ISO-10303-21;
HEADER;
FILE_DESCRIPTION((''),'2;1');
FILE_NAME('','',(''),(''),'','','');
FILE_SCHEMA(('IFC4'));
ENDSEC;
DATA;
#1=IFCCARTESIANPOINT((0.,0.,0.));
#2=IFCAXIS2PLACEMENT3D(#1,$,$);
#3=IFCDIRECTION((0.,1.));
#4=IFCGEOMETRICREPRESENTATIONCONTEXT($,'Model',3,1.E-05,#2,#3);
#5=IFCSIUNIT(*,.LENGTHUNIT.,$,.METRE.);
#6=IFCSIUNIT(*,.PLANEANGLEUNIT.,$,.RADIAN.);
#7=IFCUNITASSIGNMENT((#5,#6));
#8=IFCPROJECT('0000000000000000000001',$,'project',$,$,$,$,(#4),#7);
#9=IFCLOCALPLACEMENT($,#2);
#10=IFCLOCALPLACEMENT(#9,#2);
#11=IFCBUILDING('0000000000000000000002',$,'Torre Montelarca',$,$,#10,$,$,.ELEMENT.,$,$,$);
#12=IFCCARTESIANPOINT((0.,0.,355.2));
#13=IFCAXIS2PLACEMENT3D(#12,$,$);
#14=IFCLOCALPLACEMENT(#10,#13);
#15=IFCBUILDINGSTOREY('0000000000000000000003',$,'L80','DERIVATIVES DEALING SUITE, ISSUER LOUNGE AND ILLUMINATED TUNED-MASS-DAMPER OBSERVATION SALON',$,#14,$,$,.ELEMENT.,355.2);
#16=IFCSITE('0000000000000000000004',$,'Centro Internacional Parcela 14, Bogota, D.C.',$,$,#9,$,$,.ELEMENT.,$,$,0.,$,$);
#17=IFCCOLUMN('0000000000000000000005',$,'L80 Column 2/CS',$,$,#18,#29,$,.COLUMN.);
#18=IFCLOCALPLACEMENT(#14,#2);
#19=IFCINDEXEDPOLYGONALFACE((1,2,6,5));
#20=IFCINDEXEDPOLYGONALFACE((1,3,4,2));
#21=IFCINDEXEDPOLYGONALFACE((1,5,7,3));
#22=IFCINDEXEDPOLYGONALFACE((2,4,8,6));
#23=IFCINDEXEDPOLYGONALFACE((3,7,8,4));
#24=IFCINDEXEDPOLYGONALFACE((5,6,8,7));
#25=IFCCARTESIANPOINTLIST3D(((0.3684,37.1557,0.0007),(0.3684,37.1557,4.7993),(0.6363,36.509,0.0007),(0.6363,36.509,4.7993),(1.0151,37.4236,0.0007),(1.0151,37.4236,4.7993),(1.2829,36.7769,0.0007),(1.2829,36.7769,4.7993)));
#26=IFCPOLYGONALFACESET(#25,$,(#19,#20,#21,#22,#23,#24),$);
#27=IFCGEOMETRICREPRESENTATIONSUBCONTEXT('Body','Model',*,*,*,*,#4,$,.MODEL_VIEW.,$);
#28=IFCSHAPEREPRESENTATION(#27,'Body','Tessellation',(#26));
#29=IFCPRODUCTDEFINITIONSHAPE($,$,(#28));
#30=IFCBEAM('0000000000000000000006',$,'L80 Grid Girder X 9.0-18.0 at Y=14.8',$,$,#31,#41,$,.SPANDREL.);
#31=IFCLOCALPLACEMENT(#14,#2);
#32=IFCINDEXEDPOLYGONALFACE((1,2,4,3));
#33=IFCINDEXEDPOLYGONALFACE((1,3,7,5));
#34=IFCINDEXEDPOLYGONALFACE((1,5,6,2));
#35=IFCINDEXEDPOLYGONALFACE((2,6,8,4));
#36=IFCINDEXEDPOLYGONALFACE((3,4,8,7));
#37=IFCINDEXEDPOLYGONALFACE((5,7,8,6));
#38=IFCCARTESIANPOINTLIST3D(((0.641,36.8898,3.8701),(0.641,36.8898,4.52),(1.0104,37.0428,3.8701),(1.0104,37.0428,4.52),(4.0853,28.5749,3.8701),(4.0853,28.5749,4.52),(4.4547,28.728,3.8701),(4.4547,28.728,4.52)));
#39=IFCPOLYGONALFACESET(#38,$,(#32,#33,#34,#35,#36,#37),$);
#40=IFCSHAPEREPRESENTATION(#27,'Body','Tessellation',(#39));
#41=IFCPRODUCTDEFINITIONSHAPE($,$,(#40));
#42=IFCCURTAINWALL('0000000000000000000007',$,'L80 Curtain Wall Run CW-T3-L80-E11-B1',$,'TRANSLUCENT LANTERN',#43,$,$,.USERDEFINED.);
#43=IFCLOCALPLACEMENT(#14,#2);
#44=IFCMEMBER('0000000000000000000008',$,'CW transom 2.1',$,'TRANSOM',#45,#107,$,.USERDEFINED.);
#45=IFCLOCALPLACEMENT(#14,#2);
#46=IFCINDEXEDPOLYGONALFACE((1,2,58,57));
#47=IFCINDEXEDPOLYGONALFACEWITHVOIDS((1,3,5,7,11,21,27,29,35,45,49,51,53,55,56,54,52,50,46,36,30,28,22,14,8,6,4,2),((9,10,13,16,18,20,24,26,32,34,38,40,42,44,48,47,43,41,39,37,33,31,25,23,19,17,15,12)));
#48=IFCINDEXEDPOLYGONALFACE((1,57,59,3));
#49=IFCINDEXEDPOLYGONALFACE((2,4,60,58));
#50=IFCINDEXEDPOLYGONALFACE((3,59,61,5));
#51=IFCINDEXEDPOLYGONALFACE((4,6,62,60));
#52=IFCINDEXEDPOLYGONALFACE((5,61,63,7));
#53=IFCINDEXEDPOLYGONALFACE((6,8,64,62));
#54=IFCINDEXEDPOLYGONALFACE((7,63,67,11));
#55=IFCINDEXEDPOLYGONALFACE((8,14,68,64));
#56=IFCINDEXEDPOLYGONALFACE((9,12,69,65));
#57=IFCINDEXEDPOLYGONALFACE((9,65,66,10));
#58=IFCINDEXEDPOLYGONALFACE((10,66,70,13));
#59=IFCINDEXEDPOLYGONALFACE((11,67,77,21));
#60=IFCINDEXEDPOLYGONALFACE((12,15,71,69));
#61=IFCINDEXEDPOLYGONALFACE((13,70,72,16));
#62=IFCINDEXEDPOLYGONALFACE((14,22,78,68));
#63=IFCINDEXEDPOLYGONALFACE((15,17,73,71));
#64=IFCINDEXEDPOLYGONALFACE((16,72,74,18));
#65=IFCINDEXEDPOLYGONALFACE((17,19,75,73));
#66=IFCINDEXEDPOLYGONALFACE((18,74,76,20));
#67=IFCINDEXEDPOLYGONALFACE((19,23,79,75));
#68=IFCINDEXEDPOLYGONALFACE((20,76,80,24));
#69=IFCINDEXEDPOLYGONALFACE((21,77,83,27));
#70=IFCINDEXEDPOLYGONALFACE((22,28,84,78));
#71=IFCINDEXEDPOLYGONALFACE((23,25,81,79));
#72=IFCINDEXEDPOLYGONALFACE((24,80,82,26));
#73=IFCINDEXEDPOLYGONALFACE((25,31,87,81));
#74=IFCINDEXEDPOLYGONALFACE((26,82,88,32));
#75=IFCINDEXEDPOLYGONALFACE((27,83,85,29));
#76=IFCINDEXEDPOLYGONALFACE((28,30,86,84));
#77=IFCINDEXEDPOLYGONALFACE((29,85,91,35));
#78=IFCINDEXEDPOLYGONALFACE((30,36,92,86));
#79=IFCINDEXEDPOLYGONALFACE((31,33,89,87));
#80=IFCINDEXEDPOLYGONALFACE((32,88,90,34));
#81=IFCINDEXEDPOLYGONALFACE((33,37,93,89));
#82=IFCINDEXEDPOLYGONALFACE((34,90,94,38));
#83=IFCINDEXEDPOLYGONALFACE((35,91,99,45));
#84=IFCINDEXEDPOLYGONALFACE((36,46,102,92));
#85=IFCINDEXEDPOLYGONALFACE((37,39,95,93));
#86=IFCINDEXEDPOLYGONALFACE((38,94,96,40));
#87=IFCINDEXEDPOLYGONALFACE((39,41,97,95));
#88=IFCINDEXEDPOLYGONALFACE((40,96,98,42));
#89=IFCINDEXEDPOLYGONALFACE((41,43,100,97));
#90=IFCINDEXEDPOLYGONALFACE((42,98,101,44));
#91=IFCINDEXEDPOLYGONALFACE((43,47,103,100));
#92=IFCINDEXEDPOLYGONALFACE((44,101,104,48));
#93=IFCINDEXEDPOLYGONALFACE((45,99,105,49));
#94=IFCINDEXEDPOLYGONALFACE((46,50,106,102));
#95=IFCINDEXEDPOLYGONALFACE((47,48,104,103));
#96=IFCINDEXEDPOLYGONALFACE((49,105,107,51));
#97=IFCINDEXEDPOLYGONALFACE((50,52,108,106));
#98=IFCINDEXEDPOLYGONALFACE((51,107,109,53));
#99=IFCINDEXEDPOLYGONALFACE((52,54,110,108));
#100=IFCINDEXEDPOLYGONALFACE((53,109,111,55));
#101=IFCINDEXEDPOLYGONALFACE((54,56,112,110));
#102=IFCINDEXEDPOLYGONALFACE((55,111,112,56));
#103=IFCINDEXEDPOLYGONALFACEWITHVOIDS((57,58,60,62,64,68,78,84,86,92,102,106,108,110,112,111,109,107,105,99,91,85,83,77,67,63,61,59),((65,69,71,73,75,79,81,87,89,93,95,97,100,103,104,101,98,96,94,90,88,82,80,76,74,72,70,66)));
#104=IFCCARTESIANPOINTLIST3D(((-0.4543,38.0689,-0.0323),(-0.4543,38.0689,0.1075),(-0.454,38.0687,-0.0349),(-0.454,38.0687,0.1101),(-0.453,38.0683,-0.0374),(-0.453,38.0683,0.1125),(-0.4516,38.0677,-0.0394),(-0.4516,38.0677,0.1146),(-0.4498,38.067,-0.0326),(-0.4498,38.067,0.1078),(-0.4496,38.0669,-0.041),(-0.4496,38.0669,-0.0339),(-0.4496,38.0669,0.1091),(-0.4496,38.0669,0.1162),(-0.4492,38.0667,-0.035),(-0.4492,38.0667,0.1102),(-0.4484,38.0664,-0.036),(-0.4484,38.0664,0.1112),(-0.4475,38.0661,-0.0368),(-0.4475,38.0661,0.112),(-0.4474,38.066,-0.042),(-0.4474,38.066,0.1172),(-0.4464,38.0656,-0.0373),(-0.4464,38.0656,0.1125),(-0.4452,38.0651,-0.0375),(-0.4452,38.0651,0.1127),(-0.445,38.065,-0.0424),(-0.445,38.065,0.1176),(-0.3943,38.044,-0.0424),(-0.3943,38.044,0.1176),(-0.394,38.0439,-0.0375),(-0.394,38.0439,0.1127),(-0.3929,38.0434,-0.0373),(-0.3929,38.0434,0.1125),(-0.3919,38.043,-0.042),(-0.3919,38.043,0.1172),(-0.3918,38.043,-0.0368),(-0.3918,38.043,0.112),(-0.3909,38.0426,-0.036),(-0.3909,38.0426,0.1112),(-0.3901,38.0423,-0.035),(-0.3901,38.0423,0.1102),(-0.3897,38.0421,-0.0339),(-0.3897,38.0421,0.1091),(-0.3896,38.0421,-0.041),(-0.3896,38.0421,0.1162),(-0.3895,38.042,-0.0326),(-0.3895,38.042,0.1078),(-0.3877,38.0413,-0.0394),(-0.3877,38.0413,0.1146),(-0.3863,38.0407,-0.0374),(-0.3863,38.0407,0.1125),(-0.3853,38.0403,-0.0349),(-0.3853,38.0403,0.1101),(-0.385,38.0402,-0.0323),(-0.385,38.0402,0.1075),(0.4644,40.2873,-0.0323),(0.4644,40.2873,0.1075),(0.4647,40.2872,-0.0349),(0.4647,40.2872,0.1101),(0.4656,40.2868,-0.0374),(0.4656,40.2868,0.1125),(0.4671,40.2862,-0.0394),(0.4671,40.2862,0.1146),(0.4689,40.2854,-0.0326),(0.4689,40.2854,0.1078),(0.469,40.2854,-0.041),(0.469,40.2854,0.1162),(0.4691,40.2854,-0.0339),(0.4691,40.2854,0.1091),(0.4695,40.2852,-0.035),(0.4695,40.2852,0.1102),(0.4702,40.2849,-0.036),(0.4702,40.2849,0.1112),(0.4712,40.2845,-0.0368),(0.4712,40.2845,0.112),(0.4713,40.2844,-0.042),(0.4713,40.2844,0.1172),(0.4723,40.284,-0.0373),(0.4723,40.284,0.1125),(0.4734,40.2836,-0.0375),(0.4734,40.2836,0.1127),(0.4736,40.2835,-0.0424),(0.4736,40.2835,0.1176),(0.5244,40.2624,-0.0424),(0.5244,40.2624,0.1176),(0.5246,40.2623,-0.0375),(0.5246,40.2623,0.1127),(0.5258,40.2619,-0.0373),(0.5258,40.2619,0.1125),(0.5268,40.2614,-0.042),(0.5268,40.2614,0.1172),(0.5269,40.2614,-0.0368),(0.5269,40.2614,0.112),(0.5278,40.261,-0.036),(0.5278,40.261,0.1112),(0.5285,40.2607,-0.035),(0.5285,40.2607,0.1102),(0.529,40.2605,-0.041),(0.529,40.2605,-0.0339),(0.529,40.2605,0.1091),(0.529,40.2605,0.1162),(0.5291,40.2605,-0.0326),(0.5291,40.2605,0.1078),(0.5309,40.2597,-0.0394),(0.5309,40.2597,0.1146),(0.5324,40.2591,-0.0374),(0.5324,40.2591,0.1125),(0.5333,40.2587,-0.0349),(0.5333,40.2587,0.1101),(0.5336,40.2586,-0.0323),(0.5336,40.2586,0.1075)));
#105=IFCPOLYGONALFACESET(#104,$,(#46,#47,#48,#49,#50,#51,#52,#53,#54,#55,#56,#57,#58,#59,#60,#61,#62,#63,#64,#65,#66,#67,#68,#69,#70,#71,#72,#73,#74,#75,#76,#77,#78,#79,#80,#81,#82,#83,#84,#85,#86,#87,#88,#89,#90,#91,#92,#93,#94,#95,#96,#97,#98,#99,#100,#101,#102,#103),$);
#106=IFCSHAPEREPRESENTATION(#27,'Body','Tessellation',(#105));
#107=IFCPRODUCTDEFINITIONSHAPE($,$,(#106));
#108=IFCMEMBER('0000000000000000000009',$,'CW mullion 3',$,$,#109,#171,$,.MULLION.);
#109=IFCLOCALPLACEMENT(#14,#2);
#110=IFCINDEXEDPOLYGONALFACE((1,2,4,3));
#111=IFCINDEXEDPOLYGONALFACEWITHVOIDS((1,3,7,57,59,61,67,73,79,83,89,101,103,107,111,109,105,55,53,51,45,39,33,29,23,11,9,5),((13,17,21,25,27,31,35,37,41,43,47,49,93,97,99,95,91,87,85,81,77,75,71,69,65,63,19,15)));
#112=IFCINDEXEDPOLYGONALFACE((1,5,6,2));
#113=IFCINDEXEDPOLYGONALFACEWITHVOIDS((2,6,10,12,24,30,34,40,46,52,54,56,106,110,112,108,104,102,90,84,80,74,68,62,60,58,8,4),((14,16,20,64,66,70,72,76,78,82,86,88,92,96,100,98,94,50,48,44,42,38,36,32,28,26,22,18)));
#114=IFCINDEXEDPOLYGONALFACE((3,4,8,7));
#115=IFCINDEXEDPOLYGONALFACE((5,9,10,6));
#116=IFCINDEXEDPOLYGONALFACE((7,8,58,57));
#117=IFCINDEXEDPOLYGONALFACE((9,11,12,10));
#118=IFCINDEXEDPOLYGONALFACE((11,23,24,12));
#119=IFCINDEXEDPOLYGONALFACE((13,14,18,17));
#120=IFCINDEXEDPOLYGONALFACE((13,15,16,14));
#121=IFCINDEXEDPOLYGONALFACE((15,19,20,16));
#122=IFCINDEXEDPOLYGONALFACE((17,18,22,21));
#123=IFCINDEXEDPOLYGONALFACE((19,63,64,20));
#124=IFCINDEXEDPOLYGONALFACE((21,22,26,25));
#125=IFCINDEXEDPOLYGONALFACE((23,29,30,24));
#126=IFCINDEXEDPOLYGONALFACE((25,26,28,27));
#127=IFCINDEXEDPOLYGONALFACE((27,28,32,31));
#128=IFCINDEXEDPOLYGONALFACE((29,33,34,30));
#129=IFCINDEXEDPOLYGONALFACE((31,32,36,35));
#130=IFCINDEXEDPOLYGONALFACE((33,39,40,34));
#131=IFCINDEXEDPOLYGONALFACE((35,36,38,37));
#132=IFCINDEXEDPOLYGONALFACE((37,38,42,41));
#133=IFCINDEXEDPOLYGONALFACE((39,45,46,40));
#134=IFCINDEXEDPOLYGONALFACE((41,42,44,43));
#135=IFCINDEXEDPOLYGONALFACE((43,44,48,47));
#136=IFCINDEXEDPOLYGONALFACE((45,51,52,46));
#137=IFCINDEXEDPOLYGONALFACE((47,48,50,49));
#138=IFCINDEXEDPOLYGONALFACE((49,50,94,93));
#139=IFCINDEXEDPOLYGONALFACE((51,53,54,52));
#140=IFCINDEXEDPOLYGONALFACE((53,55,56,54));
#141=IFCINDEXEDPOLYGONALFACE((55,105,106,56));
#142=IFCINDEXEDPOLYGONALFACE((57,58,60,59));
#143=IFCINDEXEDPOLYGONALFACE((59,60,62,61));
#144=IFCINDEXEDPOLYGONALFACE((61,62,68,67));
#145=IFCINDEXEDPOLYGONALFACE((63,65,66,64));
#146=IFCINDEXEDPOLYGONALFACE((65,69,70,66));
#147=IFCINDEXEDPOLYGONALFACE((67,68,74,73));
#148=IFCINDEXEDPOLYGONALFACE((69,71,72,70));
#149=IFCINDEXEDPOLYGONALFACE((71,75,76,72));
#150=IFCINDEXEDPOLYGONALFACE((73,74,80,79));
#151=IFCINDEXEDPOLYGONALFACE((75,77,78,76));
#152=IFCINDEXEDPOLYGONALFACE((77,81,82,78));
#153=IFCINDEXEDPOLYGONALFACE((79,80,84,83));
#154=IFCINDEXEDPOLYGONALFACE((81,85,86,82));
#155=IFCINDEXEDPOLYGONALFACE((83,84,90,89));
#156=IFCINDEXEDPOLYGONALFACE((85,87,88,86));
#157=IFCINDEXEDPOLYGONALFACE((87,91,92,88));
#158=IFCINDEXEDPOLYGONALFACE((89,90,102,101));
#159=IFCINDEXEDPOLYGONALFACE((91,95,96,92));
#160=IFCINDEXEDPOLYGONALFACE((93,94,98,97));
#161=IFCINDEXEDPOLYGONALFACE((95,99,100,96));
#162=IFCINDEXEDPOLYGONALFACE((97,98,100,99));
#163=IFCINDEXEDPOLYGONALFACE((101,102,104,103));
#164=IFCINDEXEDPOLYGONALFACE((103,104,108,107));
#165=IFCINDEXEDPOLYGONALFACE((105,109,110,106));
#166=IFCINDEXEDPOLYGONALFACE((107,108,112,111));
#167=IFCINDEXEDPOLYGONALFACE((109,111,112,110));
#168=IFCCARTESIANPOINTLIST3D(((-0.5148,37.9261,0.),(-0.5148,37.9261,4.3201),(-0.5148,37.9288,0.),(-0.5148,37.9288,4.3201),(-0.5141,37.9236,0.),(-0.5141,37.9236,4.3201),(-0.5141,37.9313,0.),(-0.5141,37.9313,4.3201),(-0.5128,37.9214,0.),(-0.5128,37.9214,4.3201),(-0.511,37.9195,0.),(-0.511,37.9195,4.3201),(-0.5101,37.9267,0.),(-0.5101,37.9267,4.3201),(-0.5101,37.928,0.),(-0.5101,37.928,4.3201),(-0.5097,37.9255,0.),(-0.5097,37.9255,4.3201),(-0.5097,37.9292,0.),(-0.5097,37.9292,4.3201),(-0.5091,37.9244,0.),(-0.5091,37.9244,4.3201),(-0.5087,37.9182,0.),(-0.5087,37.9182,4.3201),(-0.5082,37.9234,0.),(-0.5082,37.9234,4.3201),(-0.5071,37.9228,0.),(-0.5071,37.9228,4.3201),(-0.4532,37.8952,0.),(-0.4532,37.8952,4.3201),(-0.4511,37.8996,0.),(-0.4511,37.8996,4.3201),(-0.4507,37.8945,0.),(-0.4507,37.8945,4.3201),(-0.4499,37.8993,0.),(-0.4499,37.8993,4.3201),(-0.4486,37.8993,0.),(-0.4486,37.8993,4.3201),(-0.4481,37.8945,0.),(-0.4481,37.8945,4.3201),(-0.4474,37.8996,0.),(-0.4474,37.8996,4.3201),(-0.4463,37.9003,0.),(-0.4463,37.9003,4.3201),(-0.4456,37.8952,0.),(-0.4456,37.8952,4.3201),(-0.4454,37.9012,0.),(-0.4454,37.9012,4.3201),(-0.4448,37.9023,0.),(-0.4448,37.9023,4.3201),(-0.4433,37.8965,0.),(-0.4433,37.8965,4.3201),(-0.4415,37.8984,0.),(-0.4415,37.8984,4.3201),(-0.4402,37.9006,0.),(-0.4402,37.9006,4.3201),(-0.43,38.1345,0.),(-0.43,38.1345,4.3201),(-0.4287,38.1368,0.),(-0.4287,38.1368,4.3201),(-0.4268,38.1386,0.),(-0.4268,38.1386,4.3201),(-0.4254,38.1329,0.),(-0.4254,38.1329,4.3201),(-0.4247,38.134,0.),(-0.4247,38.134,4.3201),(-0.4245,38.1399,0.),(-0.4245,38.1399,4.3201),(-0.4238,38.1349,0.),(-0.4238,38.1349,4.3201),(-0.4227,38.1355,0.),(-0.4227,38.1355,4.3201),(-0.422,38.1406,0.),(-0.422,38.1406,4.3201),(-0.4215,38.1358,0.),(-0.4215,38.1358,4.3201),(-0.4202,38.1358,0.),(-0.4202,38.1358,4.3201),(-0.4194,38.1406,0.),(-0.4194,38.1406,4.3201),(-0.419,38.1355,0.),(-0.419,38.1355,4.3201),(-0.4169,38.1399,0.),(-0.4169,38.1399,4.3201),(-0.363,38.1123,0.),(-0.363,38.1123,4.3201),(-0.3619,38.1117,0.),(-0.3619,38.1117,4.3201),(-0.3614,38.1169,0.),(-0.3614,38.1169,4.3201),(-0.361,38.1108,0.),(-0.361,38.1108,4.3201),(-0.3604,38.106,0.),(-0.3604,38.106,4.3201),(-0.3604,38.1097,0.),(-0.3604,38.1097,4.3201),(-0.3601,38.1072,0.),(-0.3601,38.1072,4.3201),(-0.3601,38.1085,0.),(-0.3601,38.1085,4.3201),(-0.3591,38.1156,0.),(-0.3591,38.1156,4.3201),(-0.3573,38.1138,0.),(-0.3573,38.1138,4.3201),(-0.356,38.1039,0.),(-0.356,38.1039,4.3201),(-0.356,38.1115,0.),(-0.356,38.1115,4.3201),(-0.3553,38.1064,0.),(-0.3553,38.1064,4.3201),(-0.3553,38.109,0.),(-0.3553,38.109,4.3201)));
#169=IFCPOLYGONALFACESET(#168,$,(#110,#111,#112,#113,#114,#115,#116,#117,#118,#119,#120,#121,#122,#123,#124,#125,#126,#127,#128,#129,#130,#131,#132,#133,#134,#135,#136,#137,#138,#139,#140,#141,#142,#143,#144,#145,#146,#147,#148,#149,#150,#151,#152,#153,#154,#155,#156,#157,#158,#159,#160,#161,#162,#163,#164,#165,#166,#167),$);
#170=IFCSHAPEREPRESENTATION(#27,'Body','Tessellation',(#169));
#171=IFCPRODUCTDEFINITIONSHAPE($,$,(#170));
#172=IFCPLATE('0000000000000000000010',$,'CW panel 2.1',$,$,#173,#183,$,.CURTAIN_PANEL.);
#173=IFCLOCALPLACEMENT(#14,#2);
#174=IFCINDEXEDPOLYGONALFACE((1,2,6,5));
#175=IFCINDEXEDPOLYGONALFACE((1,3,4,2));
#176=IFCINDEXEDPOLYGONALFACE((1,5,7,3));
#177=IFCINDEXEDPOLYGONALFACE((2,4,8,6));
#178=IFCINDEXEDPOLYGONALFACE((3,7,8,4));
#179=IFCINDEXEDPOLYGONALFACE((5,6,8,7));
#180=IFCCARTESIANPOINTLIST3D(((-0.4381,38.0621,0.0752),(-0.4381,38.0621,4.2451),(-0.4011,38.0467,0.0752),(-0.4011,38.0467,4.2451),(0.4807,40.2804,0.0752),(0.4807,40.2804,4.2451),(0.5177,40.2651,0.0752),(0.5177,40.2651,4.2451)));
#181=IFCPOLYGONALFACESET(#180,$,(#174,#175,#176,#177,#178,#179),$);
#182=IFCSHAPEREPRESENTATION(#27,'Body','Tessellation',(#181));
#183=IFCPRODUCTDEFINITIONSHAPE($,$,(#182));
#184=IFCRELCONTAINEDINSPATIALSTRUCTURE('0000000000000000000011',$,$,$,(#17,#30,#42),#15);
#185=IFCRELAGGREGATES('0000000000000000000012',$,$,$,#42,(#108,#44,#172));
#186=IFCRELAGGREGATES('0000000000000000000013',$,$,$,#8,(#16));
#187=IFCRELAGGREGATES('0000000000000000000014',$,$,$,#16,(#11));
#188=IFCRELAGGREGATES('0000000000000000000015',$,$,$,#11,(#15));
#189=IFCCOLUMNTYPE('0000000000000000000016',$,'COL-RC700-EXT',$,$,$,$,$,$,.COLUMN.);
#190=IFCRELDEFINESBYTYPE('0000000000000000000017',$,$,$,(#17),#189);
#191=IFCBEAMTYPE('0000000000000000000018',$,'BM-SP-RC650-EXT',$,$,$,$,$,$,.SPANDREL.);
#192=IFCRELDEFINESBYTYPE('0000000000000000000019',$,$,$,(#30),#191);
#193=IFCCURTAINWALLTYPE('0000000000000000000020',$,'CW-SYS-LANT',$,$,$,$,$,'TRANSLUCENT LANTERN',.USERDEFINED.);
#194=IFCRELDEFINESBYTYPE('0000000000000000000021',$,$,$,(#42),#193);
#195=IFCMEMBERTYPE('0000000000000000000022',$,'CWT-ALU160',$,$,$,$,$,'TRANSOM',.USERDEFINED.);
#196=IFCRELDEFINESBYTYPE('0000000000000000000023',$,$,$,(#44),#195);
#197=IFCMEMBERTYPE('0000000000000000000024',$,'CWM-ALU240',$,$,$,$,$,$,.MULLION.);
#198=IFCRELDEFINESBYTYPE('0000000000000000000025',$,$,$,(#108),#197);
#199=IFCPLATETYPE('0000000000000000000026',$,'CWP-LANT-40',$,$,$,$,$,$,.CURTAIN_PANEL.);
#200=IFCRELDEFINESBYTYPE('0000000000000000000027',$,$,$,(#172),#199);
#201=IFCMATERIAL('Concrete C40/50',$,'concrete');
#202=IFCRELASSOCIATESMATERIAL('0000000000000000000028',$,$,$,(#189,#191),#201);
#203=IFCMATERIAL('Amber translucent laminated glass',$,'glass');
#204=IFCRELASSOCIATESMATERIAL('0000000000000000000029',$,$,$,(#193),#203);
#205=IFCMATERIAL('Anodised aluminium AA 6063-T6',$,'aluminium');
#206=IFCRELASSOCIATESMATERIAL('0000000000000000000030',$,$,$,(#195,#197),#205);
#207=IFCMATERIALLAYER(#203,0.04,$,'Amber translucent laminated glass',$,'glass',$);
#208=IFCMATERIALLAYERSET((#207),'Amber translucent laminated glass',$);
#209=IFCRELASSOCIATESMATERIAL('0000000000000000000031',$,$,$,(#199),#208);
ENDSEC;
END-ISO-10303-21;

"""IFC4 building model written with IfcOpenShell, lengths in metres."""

from ifc_helpers import new_model, si_unit, direction, frame, origin, origin_2d, place, context, subcontext, project, spatial, rectangle, hollow_rectangle, extrude, source, transform, mapped, material, layer, layer_set, material_profile, profile_set, type_object, element, aggregate, save


model = new_model("IFC4")

# Units and contexts
model_context = context("Model", 3, precision=1e-05, world=origin(), true_north=direction((0.0, 1.0)))
body_context = subcontext(model_context, "Body", "Model", "MODEL_VIEW")
ifc_project = project(units=[si_unit("LENGTHUNIT", "METRE"), si_unit("PLANEANGLEUNIT", "RADIAN")], contexts=[model_context])

# Site, building, storey
site_placement = place(None, origin())
site = spatial("IfcSite", under=ifc_project, at=site_placement, Name="Centro Internacional Parcela 14, Bogota, D.C.", CompositionType="ELEMENT", RefElevation=0.0)
building_placement = place(site_placement, origin())
building = spatial("IfcBuilding", under=site, at=building_placement, Name="Torre Montelarca", CompositionType="ELEMENT")
storey_placement = place(building_placement, frame((0.0, 0.0, 355.2)))
storey = spatial("IfcBuildingStorey", under=building, at=storey_placement, Name="L80", Description="DERIVATIVES DEALING SUITE, ISSUER LOUNGE AND ILLUMINATED TUNED-MASS-DAMPER OBSERVATION SALON", CompositionType="ELEMENT", Elevation=355.2)

# Column
ifc_material_1 = material(Name="Concrete C40/50", Category="concrete")
ifc_material_profile_1 = material_profile(ifc_material_1, rectangle(XDim=0.7, YDim=0.7, at=origin_2d()), Name="RC700X700", Category="concrete")
ifc_profile_set_1 = profile_set([ifc_material_profile_1], Name="Concrete C40/50")
column_type = type_object("IfcColumnType", Name="COL-RC700-EXT", PredefinedType="COLUMN", material=ifc_profile_set_1)
shared_shape_1 = source(origin(), body_context, "Body", "SweptSolid", [
    extrude(rectangle(XDim=0.7, YDim=0.7, at=origin_2d()), origin(), (0.0, 0.0, 1.0), 4.7986),
])
column_placement = place(storey_placement, frame((0.8257, 36.9663, 0.0007), z_axis=(0.0, 0.0, 1.0), x_axis=(-0.382683, 0.92388, 0.0)))
element("IfcColumn", 1, at=column_placement, inside=storey, type_object=column_type, Name="L80 Column 2/CS", PredefinedType="COLUMN", context=body_context, shape_type="MappedRepresentation", body=[
    mapped(shared_shape_1, transform((0.0, 0.0, 0.0), scale=1.0)),
])

# Beam
ifc_material_profile_2 = material_profile(ifc_material_1, rectangle(XDim=0.3999, YDim=0.6499, at=origin_2d()), Name="RCB400X650", Category="concrete")
ifc_profile_set_2 = profile_set([ifc_material_profile_2], Name="Concrete C40/50")
beam_type = type_object("IfcBeamType", Name="BM-SP-RC650-EXT", PredefinedType="SPANDREL", material=ifc_profile_set_2)
shared_shape_2 = source(origin(), body_context, "Body", "SweptSolid", [
    extrude(rectangle(XDim=0.3999, YDim=0.6499, at=origin_2d()), origin(), (0.0, 0.0, 1.0), 9.0),
])
beam_placement = place(storey_placement, frame((0.8257, 36.9663, 4.1951), z_axis=(0.3827, -0.923873, 0.0), x_axis=(0.923873, 0.3827, 0.0)))
element("IfcBeam", 2, at=beam_placement, inside=storey, type_object=beam_type, Name="L80 Grid Girder X 9.0-18.0 at Y=14.8", PredefinedType="SPANDREL", context=body_context, shape_type="MappedRepresentation", body=[
    mapped(shared_shape_2, transform((0.0, 0.0, 0.0), scale=1.0)),
])

# Curtain wall, members, plate
ifc_material_2 = material(Name="Amber translucent laminated glass", Category="glass")
curtain_wall_type = type_object("IfcCurtainWallType", Name="CW-SYS-LANT", ElementType="TRANSLUCENT LANTERN", PredefinedType="USERDEFINED", material=ifc_material_2)
curtain_wall_placement = place(storey_placement, origin())
curtain_wall = element("IfcCurtainWall", 3, at=curtain_wall_placement, inside=storey, type_object=curtain_wall_type, Name="L80 Curtain Wall Run CW-T3-L80-E11-B1", ObjectType="TRANSLUCENT LANTERN", PredefinedType="USERDEFINED")
ifc_material_3 = material(Name="Anodised aluminium AA 6063-T6", Category="aluminium")
ifc_material_profile_3 = material_profile(ifc_material_3, hollow_rectangle(XDim=0.075, YDim=0.1599, WallThickness=0.0049, InnerFilletRadius=0.0049, OuterFilletRadius=0.01, at=origin_2d()), Name="ALU75X160X5", Category="aluminium")
ifc_profile_set_3 = profile_set([ifc_material_profile_3], Name="Anodised aluminium AA 6063-T6")
member_type_1 = type_object("IfcMemberType", Name="CWT-ALU160", ElementType="TRANSOM", PredefinedType="USERDEFINED", material=ifc_profile_set_3)
shared_shape_3 = source(origin(), body_context, "Body", "SweptSolid", [
    extrude(hollow_rectangle(XDim=0.075, YDim=0.1599, WallThickness=0.0049, InnerFilletRadius=0.0049, OuterFilletRadius=0.01, at=origin_2d()), origin(), (0.0, 0.0, 1.0), 2.4011),
])
member_1_placement = place(storey_placement, frame((0.499, 40.2729, 0.0376), z_axis=(-0.3826, -0.923914, 0.0), x_axis=(0.923914, -0.3826, 0.0)))
member_1 = element("IfcMember", 4, at=member_1_placement, type_object=member_type_1, Name="CW transom 2.1", ObjectType="TRANSOM", PredefinedType="USERDEFINED", context=body_context, shape_type="MappedRepresentation", body=[
    mapped(shared_shape_3, transform((0.0, 0.0, 0.0), scale=1.0)),
])
ifc_material_profile_4 = material_profile(ifc_material_3, hollow_rectangle(XDim=0.0801, YDim=0.24, WallThickness=0.0049, InnerFilletRadius=0.0049, OuterFilletRadius=0.01, at=origin_2d()), Name="ALU80X240X5", Category="aluminium")
ifc_profile_set_4 = profile_set([ifc_material_profile_4], Name="Anodised aluminium AA 6063-T6")
member_type_2 = type_object("IfcMemberType", Name="CWM-ALU240", PredefinedType="MULLION", material=ifc_profile_set_4)
shared_shape_4 = source(origin(), body_context, "Body", "SweptSolid", [
    extrude(hollow_rectangle(XDim=0.0801, YDim=0.24, WallThickness=0.0049, InnerFilletRadius=0.0049, OuterFilletRadius=0.01, at=origin_2d()), origin(), (0.0, 0.0, 1.0), 4.3201),
])
member_2_placement = place(storey_placement, frame((-0.4351, 38.0176, 0.0), z_axis=(0.0, 0.0, 1.0), x_axis=(0.923885, -0.382671, 0.0)))
member_2 = element("IfcMember", 5, at=member_2_placement, type_object=member_type_2, Name="CW mullion 3", PredefinedType="MULLION", context=body_context, shape_type="MappedRepresentation", body=[
    mapped(shared_shape_4, transform((0.0, 0.0, 0.0), scale=1.0)),
])
ifc_layer_1 = layer(ifc_material_2, 0.04, Name="Amber translucent laminated glass", Category="glass")
ifc_layer_set_1 = layer_set([ifc_layer_1], Name="Amber translucent laminated glass")
plate_type = type_object("IfcPlateType", Name="CWP-LANT-40", PredefinedType="CURTAIN_PANEL", material=ifc_layer_set_1)
shared_shape_5 = source(origin(), body_context, "Body", "SweptSolid", [
    extrude(rectangle(XDim=2.4011, YDim=0.04, at=origin_2d()), origin(), (0.0, 0.0, 1.0), 4.1699),
])
plate_placement = place(storey_placement, frame((0.0398, 39.1636, 0.0752), z_axis=(0.0, 0.0, 1.0), x_axis=(-0.382671, -0.923885, 0.0)))
plate = element("IfcPlate", 6, at=plate_placement, type_object=plate_type, Name="CW panel 2.1", PredefinedType="CURTAIN_PANEL", context=body_context, shape_type="MappedRepresentation", body=[
    mapped(shared_shape_5, transform((0.0, 0.0, 0.0), scale=1.0)),
])
aggregate(curtain_wall, [member_2, member_1, plate])

save(model, "model.ifc")
